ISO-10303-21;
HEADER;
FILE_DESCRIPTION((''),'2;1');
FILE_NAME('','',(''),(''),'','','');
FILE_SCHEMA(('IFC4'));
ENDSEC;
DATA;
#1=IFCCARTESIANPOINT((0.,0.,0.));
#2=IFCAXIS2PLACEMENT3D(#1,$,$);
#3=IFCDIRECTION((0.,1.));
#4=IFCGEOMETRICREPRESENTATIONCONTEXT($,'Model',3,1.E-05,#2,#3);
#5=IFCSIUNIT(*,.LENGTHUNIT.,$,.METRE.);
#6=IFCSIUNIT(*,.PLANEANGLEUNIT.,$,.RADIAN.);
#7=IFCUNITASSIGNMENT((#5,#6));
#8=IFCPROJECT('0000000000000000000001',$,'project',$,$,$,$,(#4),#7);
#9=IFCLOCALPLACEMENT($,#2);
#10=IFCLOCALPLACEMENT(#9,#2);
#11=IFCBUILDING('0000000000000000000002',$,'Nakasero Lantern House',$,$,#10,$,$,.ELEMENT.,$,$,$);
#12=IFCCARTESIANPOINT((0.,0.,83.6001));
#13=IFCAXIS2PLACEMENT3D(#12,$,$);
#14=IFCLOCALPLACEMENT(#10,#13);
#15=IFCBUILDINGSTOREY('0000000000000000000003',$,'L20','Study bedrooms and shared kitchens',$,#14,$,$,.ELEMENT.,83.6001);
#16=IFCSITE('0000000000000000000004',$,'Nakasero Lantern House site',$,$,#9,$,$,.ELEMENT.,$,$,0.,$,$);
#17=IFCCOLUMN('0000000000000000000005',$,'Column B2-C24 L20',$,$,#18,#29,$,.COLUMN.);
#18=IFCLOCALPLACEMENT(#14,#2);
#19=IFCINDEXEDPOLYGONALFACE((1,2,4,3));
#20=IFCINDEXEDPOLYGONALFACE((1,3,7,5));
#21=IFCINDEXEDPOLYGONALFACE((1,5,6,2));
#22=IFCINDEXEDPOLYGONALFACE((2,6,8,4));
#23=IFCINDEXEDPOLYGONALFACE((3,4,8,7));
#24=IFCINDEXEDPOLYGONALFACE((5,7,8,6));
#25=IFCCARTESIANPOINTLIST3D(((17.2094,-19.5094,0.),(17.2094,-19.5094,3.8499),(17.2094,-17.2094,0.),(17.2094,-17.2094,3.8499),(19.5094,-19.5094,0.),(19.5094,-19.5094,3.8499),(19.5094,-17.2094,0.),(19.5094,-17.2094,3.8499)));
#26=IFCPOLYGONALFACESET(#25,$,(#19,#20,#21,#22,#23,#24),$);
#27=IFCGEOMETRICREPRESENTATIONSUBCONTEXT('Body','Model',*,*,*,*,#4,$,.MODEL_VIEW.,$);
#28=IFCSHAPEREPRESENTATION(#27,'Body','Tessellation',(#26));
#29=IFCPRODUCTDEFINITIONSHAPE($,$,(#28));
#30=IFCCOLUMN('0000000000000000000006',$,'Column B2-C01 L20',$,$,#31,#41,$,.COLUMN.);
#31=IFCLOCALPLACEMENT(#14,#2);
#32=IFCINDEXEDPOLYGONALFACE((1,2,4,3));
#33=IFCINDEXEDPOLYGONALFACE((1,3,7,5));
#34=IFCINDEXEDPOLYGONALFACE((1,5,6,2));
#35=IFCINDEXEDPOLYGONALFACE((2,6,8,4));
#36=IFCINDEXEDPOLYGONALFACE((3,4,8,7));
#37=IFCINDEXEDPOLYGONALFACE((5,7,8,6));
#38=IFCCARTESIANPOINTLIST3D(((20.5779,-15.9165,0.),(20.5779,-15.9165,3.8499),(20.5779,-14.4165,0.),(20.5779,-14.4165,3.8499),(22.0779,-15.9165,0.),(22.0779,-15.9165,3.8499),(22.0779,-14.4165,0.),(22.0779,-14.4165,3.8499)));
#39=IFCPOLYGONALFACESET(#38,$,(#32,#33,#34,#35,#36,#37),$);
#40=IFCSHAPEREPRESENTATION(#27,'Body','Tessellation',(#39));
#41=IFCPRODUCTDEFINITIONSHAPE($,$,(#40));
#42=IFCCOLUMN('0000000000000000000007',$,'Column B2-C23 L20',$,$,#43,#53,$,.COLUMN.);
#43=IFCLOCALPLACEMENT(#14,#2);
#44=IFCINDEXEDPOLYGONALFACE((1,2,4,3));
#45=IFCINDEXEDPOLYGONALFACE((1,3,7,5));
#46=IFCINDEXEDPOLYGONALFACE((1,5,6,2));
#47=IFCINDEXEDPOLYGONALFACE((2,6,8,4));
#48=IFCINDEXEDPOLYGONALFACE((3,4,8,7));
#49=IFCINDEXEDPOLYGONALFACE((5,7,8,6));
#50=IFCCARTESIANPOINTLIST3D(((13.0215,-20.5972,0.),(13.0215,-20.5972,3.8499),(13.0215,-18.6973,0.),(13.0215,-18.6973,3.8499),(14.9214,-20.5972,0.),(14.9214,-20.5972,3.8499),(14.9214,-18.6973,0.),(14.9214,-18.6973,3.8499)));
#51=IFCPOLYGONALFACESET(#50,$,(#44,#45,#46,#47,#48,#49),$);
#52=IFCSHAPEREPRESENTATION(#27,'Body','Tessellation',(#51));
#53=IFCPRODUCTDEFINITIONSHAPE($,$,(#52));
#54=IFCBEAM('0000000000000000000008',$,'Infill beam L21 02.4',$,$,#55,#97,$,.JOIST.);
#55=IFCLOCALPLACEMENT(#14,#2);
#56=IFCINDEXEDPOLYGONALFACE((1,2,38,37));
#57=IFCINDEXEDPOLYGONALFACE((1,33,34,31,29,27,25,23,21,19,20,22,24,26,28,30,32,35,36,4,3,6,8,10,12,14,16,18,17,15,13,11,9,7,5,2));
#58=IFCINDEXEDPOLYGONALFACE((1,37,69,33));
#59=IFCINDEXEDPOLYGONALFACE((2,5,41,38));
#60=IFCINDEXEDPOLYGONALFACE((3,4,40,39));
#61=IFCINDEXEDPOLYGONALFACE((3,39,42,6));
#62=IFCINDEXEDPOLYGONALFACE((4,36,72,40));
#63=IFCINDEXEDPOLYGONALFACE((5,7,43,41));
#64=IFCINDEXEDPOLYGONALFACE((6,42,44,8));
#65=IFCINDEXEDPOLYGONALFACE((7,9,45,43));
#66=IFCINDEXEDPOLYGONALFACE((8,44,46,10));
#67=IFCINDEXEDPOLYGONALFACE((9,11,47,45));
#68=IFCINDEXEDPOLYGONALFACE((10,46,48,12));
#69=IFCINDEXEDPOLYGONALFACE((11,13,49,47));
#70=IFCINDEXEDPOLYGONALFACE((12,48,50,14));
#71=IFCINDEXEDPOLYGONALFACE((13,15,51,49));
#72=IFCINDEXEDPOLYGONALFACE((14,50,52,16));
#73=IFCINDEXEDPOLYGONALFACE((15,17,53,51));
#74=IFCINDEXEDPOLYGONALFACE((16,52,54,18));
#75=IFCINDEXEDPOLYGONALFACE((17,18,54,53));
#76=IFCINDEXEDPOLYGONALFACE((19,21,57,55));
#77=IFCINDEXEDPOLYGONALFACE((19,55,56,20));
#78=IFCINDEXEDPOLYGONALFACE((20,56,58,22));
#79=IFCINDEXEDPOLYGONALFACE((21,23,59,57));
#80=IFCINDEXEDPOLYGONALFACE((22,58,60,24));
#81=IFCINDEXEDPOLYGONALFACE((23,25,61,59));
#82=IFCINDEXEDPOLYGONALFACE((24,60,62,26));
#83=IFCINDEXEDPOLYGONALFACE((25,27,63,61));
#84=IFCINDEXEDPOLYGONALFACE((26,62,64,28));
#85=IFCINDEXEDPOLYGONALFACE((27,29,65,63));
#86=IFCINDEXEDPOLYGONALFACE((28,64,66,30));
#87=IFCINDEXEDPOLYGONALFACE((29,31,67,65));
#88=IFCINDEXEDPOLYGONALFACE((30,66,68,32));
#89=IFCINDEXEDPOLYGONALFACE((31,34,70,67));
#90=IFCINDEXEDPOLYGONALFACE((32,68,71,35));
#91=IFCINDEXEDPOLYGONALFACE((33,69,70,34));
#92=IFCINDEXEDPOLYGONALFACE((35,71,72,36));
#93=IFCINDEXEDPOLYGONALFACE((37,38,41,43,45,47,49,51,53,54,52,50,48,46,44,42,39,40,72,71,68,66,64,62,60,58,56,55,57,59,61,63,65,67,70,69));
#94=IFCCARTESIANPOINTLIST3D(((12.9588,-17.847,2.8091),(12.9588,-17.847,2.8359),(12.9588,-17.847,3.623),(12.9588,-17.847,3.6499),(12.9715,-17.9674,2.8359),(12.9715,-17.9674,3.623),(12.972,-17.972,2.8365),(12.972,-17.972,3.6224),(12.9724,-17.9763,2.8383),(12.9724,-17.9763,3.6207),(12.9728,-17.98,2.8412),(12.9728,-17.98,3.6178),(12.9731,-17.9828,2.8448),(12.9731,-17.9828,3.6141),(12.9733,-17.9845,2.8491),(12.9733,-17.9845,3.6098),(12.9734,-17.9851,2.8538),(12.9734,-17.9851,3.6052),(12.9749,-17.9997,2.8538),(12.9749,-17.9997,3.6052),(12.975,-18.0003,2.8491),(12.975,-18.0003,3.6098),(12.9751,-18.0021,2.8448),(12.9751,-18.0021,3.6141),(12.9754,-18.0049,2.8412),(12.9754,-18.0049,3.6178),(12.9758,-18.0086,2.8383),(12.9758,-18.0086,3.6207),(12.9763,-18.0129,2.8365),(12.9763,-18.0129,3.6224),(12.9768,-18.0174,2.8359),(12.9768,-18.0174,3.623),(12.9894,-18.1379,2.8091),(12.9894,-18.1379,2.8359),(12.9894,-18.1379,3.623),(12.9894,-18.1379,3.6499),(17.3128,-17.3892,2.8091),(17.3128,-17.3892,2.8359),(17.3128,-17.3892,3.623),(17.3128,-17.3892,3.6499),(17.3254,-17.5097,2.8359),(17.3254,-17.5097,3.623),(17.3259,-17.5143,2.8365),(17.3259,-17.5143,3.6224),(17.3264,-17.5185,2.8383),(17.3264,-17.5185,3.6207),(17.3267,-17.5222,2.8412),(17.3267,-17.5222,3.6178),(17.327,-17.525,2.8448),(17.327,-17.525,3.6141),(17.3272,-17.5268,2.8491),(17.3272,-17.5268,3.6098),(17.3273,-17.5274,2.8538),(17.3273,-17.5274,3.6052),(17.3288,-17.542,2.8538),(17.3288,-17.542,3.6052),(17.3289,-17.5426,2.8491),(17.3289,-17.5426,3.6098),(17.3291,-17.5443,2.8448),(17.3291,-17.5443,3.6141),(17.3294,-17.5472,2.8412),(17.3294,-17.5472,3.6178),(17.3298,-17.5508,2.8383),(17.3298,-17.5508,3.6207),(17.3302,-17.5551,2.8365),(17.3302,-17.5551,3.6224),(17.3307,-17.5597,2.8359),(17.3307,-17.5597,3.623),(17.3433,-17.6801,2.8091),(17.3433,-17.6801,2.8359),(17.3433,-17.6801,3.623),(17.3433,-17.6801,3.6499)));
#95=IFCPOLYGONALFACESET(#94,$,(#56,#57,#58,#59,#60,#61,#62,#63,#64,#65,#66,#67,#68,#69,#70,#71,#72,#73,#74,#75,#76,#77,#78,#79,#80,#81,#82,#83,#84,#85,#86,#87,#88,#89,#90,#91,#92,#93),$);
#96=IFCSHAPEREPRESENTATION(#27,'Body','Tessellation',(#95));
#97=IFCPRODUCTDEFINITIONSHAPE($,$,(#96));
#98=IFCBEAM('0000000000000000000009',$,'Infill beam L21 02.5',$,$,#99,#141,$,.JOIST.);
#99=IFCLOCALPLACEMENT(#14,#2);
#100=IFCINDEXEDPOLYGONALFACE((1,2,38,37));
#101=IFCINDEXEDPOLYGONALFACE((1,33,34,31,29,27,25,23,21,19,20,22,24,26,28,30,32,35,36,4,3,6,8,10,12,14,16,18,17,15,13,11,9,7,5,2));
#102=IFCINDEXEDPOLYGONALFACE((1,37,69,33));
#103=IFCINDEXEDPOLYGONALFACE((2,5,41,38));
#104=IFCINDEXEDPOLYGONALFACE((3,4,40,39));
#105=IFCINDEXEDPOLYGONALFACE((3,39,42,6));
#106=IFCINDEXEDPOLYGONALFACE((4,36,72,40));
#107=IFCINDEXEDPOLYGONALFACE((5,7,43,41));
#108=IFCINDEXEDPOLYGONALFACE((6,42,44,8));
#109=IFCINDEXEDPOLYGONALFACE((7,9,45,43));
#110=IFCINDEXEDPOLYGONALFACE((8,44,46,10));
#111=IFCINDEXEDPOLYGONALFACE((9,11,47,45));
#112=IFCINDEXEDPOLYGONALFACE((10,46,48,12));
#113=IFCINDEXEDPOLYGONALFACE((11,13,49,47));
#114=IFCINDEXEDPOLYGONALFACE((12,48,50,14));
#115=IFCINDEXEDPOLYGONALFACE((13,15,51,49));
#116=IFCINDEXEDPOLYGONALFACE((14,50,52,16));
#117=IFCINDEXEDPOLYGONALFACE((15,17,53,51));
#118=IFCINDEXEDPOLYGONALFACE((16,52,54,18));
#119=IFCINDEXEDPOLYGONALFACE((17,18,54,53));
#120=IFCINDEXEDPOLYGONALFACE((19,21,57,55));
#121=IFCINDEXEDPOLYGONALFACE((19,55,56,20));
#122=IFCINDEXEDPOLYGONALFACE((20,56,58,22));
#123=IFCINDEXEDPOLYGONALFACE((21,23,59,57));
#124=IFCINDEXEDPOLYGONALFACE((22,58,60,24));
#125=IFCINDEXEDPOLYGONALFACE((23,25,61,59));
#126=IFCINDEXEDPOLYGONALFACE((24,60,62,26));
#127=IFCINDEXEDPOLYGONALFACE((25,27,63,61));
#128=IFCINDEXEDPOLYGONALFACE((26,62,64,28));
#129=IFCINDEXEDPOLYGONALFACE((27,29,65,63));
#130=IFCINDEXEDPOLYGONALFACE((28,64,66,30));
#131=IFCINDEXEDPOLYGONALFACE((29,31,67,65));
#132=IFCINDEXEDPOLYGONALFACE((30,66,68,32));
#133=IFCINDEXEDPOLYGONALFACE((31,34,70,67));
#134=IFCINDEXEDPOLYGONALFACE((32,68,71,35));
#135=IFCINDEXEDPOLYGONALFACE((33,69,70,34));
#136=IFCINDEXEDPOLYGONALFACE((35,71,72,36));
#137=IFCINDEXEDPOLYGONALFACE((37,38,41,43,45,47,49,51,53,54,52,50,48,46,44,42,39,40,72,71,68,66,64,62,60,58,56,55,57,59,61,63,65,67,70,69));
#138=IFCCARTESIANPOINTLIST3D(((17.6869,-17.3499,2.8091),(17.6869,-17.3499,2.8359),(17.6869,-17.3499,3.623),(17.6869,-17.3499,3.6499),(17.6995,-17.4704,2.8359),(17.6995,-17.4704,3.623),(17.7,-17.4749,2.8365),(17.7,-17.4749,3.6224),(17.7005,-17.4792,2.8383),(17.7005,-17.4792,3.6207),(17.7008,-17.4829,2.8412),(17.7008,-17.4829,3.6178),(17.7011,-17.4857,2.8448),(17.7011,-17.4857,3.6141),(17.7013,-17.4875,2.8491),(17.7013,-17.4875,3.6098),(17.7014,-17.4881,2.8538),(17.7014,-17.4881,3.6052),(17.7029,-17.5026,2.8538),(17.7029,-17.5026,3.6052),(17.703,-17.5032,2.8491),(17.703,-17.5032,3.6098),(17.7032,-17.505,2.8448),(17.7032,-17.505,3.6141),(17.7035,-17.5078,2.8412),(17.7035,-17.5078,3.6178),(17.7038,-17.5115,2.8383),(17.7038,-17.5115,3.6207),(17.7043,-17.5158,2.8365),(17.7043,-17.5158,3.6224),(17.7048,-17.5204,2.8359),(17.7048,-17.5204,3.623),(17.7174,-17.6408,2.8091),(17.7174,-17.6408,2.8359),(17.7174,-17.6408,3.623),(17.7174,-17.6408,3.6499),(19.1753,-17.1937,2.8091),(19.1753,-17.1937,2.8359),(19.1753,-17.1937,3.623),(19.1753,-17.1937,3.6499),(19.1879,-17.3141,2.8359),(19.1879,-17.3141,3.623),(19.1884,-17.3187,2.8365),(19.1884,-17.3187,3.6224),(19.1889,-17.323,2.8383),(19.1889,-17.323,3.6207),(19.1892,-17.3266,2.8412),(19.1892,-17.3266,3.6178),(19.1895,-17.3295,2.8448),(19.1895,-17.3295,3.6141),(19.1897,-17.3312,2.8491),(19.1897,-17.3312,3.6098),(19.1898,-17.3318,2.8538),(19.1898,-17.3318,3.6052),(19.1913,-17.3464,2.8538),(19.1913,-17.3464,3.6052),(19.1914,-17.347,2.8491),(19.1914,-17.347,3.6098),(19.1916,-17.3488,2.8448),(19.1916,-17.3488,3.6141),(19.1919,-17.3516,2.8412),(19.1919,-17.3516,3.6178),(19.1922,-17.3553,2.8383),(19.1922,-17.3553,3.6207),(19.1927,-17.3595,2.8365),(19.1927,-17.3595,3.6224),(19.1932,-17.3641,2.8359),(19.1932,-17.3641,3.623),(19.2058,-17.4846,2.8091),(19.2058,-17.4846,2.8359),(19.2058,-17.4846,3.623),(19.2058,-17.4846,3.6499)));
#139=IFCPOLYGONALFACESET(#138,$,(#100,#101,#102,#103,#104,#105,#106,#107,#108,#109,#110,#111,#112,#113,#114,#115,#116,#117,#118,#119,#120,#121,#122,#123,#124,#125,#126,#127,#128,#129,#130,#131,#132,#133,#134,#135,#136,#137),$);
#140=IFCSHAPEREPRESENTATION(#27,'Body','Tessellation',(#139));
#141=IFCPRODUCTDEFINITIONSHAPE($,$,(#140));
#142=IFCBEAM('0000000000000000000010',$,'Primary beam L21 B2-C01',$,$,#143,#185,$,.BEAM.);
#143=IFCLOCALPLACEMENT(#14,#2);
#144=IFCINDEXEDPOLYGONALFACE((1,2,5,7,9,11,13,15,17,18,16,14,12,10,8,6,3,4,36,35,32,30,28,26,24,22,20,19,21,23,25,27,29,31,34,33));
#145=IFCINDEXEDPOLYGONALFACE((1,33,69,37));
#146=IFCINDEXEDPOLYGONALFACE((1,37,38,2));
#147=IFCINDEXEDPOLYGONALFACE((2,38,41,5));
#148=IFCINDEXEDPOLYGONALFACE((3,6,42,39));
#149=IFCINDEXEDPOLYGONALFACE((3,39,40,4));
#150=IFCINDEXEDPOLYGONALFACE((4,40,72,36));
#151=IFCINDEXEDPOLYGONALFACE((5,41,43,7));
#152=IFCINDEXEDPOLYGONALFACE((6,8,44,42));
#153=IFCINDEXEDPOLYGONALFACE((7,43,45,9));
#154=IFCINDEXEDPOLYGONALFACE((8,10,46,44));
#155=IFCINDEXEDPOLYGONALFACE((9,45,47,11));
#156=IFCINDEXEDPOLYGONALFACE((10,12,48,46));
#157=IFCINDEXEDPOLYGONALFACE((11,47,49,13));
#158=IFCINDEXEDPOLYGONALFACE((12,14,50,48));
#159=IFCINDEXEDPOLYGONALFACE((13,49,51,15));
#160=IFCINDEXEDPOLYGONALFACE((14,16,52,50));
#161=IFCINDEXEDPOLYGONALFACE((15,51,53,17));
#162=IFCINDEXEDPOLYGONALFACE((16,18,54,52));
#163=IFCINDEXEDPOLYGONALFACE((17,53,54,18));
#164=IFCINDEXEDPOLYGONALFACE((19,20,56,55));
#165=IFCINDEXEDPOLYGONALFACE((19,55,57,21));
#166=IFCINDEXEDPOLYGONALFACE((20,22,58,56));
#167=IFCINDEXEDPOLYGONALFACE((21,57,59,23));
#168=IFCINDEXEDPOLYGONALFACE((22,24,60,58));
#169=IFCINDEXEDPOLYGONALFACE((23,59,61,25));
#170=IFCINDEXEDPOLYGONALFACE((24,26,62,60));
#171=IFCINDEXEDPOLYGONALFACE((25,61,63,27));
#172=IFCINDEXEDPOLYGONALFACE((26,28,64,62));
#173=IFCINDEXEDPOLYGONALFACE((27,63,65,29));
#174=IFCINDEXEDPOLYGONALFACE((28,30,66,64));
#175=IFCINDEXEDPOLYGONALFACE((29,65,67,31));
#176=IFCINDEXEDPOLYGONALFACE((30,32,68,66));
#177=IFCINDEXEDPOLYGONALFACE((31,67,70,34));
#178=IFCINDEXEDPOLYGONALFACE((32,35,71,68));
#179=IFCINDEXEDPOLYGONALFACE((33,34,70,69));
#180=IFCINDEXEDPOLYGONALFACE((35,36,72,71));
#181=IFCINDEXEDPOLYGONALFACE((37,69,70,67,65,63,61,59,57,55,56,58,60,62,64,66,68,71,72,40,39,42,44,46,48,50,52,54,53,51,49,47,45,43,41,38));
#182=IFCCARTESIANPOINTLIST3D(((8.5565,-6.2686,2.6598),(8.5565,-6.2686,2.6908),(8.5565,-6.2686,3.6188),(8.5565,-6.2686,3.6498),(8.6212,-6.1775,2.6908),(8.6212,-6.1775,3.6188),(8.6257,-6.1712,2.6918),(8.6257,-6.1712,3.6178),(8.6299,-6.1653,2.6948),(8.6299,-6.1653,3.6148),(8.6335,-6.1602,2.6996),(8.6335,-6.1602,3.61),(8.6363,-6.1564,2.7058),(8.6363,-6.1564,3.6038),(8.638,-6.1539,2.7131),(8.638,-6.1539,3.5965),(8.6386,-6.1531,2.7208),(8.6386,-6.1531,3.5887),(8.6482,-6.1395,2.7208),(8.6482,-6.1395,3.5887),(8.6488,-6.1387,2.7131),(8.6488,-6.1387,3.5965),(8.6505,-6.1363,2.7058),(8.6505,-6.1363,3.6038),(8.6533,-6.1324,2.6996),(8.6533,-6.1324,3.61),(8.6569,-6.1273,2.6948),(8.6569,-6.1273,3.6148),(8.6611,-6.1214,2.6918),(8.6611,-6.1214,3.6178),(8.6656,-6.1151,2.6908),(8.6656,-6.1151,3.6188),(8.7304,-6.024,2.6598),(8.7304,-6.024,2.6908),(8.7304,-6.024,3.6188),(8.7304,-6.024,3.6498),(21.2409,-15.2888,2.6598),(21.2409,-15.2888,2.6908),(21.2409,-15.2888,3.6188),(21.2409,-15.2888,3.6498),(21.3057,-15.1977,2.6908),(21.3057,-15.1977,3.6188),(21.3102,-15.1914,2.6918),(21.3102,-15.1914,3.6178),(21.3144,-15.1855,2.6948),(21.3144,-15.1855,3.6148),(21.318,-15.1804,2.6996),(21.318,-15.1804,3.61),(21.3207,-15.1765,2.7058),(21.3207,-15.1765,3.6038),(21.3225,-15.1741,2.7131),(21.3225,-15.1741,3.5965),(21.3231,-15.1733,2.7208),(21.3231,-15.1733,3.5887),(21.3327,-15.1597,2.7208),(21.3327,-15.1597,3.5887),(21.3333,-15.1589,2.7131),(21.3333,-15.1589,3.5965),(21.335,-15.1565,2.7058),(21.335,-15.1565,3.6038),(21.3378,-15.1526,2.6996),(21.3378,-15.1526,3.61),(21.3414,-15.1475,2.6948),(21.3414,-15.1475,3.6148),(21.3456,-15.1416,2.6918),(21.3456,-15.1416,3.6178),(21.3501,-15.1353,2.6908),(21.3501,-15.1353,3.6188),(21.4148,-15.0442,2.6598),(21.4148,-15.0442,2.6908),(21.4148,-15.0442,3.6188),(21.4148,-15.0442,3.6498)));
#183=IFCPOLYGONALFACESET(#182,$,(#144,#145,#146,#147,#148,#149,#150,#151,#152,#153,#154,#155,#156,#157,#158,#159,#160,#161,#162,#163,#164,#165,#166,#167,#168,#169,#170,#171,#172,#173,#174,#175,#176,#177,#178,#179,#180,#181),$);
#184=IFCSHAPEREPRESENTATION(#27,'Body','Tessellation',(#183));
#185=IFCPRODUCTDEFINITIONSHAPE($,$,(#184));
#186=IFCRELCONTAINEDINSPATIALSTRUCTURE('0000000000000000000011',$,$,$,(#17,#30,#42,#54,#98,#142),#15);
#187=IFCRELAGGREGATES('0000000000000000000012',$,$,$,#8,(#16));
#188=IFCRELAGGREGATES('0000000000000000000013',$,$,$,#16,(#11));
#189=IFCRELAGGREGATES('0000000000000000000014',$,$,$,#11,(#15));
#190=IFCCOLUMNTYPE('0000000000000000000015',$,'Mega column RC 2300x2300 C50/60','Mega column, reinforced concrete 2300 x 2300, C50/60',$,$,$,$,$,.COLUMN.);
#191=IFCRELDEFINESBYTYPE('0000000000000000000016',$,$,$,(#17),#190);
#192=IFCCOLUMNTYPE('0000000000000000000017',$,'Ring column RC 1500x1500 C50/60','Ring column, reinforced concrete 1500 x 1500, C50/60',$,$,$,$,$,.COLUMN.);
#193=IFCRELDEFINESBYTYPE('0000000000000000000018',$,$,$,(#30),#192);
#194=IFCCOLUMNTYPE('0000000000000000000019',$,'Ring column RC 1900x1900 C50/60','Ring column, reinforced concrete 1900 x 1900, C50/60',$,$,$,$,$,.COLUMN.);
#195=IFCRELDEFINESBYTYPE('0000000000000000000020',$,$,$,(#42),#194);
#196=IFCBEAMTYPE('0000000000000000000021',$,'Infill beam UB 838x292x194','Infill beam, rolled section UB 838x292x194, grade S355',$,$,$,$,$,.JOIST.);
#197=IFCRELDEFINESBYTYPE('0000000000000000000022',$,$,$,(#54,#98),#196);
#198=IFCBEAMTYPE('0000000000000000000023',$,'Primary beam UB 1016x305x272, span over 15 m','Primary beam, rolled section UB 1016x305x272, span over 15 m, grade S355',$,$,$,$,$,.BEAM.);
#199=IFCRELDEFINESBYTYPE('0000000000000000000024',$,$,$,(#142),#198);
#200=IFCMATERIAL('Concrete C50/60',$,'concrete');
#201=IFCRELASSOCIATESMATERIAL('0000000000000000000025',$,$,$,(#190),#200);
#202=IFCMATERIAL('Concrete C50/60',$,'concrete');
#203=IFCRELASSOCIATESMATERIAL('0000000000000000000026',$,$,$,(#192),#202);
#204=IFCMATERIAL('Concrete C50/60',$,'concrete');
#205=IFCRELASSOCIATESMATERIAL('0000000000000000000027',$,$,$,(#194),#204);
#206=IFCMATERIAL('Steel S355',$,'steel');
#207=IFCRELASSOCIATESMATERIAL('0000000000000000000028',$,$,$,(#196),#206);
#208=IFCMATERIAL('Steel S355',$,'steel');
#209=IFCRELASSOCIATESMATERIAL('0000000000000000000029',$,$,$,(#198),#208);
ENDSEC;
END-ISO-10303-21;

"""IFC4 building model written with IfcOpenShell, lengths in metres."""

from ifc_helpers import new_model, si_unit, direction, frame, origin, origin_2d, place, context, subcontext, project, spatial, rectangle, i_section, extrude, material, material_profile, profile_set, type_object, element, save


model = new_model("IFC4")

# Units and contexts
model_context = context("Model", 3, precision=1e-05, world=origin(), true_north=direction((0.0, 1.0)))
body_context = subcontext(model_context, "Body", "Model", "MODEL_VIEW")
ifc_project = project(units=[si_unit("LENGTHUNIT", "METRE"), si_unit("PLANEANGLEUNIT", "RADIAN")], contexts=[model_context])

# Site, building, storey
site_placement = place(None, origin())
site = spatial("IfcSite", under=ifc_project, at=site_placement, Name="Nakasero Lantern House site", CompositionType="ELEMENT", RefElevation=0.0)
building_placement = place(site_placement, origin())
building = spatial("IfcBuilding", under=site, at=building_placement, Name="Nakasero Lantern House", CompositionType="ELEMENT")
storey_placement = place(building_placement, frame((0.0, 0.0, 83.6001)))
storey = spatial("IfcBuildingStorey", under=building, at=storey_placement, Name="L20", Description="Study bedrooms and shared kitchens", CompositionType="ELEMENT", Elevation=83.6001)

# Columns
ifc_material_1 = material(Name="Concrete C50/60", Category="concrete")
ifc_material_profile_1 = material_profile(ifc_material_1, rectangle(XDim=2.3, YDim=2.3, at=origin_2d()), Name="RC 2300x2300")
ifc_profile_set_1 = profile_set([ifc_material_profile_1], Name="Concrete C50/60")
column_type_1 = type_object("IfcColumnType", Name="Mega column RC 2300x2300 C50/60", Description="Mega column, reinforced concrete 2300 x 2300, C50/60", PredefinedType="COLUMN", material=ifc_profile_set_1)
column_1_placement = place(storey_placement, frame((18.3594, -18.3594, 0.0), z_axis=(0.0, 0.0, 1.0), x_axis=(1.0, 0.0, 0.0)))
element("IfcColumn", 1, at=column_1_placement, inside=storey, type_object=column_type_1, Name="Column B2-C24 L20", PredefinedType="COLUMN", context=body_context, shape_type="SweptSolid", body=[
    extrude(rectangle(XDim=2.3, YDim=2.3, at=origin_2d()), origin(), (0.0, 0.0, 1.0), 3.8499),
])
ifc_material_2 = material(Name="Concrete C50/60", Category="concrete")
ifc_material_profile_2 = material_profile(ifc_material_2, rectangle(XDim=1.5, YDim=1.5, at=origin_2d()), Name="RC 1500x1500")
ifc_profile_set_2 = profile_set([ifc_material_profile_2], Name="Concrete C50/60")
column_type_2 = type_object("IfcColumnType", Name="Ring column RC 1500x1500 C50/60", Description="Ring column, reinforced concrete 1500 x 1500, C50/60", PredefinedType="COLUMN", material=ifc_profile_set_2)
column_2_placement = place(storey_placement, frame((21.3279, -15.1665, 0.0), z_axis=(0.0, 0.0, 1.0), x_axis=(1.0, 0.0, 0.0)))
element("IfcColumn", 2, at=column_2_placement, inside=storey, type_object=column_type_2, Name="Column B2-C01 L20", PredefinedType="COLUMN", context=body_context, shape_type="SweptSolid", body=[
    extrude(rectangle(XDim=1.5, YDim=1.5, at=origin_2d()), origin(), (0.0, 0.0, 1.0), 3.8499),
])
ifc_material_3 = material(Name="Concrete C50/60", Category="concrete")
ifc_material_profile_3 = material_profile(ifc_material_3, rectangle(XDim=1.8999, YDim=1.8999, at=origin_2d()), Name="RC 1900x1900")
ifc_profile_set_3 = profile_set([ifc_material_profile_3], Name="Concrete C50/60")
column_type_3 = type_object("IfcColumnType", Name="Ring column RC 1900x1900 C50/60", Description="Ring column, reinforced concrete 1900 x 1900, C50/60", PredefinedType="COLUMN", material=ifc_profile_set_3)
column_3_placement = place(storey_placement, frame((13.9714, -19.6472, 0.0), z_axis=(0.0, 0.0, 1.0), x_axis=(1.0, 0.0, 0.0)))
element("IfcColumn", 3, at=column_3_placement, inside=storey, type_object=column_type_3, Name="Column B2-C23 L20", PredefinedType="COLUMN", context=body_context, shape_type="SweptSolid", body=[
    extrude(rectangle(XDim=1.8999, YDim=1.8999, at=origin_2d()), origin(), (0.0, 0.0, 1.0), 3.8499),
])

# Beams
ifc_material_4 = material(Name="Steel S355", Category="steel")
ifc_material_profile_4 = material_profile(ifc_material_4, i_section(OverallWidth=0.2925, OverallDepth=0.8408, WebThickness=0.0146, FlangeThickness=0.0269, FilletRadius=0.0178, at=origin_2d()), Name="UB 838x292x194")
ifc_profile_set_4 = profile_set([ifc_material_profile_4], Name="Steel S355")
beam_type_1 = type_object("IfcBeamType", Name="Infill beam UB 838x292x194", Description="Infill beam, rolled section UB 838x292x194, grade S355", PredefinedType="JOIST", material=ifc_profile_set_4)
beam_1_placement = place(storey_placement, frame((12.9741, -17.9924, 3.2295), z_axis=(0.994519, 0.10456, 0.0), x_axis=(-0.10456, 0.994519, 0.0)))
element("IfcBeam", 4, at=beam_1_placement, inside=storey, type_object=beam_type_1, Name="Infill beam L21 02.4", PredefinedType="JOIST", context=body_context, shape_type="SweptSolid", body=[
    extrude(i_section(OverallWidth=0.2925, OverallDepth=0.8408, WebThickness=0.0146, FlangeThickness=0.0269, FilletRadius=0.0178, at=origin_2d()), origin(), (0.0, 0.0, 1.0), 4.3779),
])
beam_2_placement = place(storey_placement, frame((17.7021, -17.4954, 3.2295), z_axis=(0.994536, 0.104396, 0.0), x_axis=(-0.104396, 0.994536, 0.0)))
element("IfcBeam", 5, at=beam_2_placement, inside=storey, type_object=beam_type_1, Name="Infill beam L21 02.5", PredefinedType="JOIST", context=body_context, shape_type="SweptSolid", body=[
    extrude(i_section(OverallWidth=0.2925, OverallDepth=0.8408, WebThickness=0.0146, FlangeThickness=0.0269, FilletRadius=0.0178, at=origin_2d()), origin(), (0.0, 0.0, 1.0), 1.4966),
])
ifc_material_5 = material(Name="Steel S355", Category="steel")
ifc_material_profile_5 = material_profile(ifc_material_5, i_section(OverallWidth=0.3, OverallDepth=0.99, WebThickness=0.0166, FlangeThickness=0.031, FilletRadius=0.03, at=origin_2d()), Name="UB 1016x305x272")
ifc_profile_set_5 = profile_set([ifc_material_profile_5], Name="Steel S355")
beam_type_2 = type_object("IfcBeamType", Name="Primary beam UB 1016x305x272, span over 15 m", Description="Primary beam, rolled section UB 1016x305x272, span over 15 m, grade S355", PredefinedType="BEAM", material=ifc_profile_set_5)
beam_3_placement = place(storey_placement, frame((21.3279, -15.1665, 3.1548), z_axis=(-0.814952, 0.579529, 0.0), x_axis=(-0.579529, -0.814952, 0.0)))
element("IfcBeam", 6, at=beam_3_placement, inside=storey, type_object=beam_type_2, Name="Primary beam L21 B2-C01", PredefinedType="BEAM", context=body_context, shape_type="SweptSolid", body=[
    extrude(i_section(OverallWidth=0.3, OverallDepth=0.99, WebThickness=0.0166, FlangeThickness=0.031, FilletRadius=0.03, at=origin_2d()), origin(), (0.0, 0.0, 1.0), 15.5647),
])

save(model, "model.ifc")
